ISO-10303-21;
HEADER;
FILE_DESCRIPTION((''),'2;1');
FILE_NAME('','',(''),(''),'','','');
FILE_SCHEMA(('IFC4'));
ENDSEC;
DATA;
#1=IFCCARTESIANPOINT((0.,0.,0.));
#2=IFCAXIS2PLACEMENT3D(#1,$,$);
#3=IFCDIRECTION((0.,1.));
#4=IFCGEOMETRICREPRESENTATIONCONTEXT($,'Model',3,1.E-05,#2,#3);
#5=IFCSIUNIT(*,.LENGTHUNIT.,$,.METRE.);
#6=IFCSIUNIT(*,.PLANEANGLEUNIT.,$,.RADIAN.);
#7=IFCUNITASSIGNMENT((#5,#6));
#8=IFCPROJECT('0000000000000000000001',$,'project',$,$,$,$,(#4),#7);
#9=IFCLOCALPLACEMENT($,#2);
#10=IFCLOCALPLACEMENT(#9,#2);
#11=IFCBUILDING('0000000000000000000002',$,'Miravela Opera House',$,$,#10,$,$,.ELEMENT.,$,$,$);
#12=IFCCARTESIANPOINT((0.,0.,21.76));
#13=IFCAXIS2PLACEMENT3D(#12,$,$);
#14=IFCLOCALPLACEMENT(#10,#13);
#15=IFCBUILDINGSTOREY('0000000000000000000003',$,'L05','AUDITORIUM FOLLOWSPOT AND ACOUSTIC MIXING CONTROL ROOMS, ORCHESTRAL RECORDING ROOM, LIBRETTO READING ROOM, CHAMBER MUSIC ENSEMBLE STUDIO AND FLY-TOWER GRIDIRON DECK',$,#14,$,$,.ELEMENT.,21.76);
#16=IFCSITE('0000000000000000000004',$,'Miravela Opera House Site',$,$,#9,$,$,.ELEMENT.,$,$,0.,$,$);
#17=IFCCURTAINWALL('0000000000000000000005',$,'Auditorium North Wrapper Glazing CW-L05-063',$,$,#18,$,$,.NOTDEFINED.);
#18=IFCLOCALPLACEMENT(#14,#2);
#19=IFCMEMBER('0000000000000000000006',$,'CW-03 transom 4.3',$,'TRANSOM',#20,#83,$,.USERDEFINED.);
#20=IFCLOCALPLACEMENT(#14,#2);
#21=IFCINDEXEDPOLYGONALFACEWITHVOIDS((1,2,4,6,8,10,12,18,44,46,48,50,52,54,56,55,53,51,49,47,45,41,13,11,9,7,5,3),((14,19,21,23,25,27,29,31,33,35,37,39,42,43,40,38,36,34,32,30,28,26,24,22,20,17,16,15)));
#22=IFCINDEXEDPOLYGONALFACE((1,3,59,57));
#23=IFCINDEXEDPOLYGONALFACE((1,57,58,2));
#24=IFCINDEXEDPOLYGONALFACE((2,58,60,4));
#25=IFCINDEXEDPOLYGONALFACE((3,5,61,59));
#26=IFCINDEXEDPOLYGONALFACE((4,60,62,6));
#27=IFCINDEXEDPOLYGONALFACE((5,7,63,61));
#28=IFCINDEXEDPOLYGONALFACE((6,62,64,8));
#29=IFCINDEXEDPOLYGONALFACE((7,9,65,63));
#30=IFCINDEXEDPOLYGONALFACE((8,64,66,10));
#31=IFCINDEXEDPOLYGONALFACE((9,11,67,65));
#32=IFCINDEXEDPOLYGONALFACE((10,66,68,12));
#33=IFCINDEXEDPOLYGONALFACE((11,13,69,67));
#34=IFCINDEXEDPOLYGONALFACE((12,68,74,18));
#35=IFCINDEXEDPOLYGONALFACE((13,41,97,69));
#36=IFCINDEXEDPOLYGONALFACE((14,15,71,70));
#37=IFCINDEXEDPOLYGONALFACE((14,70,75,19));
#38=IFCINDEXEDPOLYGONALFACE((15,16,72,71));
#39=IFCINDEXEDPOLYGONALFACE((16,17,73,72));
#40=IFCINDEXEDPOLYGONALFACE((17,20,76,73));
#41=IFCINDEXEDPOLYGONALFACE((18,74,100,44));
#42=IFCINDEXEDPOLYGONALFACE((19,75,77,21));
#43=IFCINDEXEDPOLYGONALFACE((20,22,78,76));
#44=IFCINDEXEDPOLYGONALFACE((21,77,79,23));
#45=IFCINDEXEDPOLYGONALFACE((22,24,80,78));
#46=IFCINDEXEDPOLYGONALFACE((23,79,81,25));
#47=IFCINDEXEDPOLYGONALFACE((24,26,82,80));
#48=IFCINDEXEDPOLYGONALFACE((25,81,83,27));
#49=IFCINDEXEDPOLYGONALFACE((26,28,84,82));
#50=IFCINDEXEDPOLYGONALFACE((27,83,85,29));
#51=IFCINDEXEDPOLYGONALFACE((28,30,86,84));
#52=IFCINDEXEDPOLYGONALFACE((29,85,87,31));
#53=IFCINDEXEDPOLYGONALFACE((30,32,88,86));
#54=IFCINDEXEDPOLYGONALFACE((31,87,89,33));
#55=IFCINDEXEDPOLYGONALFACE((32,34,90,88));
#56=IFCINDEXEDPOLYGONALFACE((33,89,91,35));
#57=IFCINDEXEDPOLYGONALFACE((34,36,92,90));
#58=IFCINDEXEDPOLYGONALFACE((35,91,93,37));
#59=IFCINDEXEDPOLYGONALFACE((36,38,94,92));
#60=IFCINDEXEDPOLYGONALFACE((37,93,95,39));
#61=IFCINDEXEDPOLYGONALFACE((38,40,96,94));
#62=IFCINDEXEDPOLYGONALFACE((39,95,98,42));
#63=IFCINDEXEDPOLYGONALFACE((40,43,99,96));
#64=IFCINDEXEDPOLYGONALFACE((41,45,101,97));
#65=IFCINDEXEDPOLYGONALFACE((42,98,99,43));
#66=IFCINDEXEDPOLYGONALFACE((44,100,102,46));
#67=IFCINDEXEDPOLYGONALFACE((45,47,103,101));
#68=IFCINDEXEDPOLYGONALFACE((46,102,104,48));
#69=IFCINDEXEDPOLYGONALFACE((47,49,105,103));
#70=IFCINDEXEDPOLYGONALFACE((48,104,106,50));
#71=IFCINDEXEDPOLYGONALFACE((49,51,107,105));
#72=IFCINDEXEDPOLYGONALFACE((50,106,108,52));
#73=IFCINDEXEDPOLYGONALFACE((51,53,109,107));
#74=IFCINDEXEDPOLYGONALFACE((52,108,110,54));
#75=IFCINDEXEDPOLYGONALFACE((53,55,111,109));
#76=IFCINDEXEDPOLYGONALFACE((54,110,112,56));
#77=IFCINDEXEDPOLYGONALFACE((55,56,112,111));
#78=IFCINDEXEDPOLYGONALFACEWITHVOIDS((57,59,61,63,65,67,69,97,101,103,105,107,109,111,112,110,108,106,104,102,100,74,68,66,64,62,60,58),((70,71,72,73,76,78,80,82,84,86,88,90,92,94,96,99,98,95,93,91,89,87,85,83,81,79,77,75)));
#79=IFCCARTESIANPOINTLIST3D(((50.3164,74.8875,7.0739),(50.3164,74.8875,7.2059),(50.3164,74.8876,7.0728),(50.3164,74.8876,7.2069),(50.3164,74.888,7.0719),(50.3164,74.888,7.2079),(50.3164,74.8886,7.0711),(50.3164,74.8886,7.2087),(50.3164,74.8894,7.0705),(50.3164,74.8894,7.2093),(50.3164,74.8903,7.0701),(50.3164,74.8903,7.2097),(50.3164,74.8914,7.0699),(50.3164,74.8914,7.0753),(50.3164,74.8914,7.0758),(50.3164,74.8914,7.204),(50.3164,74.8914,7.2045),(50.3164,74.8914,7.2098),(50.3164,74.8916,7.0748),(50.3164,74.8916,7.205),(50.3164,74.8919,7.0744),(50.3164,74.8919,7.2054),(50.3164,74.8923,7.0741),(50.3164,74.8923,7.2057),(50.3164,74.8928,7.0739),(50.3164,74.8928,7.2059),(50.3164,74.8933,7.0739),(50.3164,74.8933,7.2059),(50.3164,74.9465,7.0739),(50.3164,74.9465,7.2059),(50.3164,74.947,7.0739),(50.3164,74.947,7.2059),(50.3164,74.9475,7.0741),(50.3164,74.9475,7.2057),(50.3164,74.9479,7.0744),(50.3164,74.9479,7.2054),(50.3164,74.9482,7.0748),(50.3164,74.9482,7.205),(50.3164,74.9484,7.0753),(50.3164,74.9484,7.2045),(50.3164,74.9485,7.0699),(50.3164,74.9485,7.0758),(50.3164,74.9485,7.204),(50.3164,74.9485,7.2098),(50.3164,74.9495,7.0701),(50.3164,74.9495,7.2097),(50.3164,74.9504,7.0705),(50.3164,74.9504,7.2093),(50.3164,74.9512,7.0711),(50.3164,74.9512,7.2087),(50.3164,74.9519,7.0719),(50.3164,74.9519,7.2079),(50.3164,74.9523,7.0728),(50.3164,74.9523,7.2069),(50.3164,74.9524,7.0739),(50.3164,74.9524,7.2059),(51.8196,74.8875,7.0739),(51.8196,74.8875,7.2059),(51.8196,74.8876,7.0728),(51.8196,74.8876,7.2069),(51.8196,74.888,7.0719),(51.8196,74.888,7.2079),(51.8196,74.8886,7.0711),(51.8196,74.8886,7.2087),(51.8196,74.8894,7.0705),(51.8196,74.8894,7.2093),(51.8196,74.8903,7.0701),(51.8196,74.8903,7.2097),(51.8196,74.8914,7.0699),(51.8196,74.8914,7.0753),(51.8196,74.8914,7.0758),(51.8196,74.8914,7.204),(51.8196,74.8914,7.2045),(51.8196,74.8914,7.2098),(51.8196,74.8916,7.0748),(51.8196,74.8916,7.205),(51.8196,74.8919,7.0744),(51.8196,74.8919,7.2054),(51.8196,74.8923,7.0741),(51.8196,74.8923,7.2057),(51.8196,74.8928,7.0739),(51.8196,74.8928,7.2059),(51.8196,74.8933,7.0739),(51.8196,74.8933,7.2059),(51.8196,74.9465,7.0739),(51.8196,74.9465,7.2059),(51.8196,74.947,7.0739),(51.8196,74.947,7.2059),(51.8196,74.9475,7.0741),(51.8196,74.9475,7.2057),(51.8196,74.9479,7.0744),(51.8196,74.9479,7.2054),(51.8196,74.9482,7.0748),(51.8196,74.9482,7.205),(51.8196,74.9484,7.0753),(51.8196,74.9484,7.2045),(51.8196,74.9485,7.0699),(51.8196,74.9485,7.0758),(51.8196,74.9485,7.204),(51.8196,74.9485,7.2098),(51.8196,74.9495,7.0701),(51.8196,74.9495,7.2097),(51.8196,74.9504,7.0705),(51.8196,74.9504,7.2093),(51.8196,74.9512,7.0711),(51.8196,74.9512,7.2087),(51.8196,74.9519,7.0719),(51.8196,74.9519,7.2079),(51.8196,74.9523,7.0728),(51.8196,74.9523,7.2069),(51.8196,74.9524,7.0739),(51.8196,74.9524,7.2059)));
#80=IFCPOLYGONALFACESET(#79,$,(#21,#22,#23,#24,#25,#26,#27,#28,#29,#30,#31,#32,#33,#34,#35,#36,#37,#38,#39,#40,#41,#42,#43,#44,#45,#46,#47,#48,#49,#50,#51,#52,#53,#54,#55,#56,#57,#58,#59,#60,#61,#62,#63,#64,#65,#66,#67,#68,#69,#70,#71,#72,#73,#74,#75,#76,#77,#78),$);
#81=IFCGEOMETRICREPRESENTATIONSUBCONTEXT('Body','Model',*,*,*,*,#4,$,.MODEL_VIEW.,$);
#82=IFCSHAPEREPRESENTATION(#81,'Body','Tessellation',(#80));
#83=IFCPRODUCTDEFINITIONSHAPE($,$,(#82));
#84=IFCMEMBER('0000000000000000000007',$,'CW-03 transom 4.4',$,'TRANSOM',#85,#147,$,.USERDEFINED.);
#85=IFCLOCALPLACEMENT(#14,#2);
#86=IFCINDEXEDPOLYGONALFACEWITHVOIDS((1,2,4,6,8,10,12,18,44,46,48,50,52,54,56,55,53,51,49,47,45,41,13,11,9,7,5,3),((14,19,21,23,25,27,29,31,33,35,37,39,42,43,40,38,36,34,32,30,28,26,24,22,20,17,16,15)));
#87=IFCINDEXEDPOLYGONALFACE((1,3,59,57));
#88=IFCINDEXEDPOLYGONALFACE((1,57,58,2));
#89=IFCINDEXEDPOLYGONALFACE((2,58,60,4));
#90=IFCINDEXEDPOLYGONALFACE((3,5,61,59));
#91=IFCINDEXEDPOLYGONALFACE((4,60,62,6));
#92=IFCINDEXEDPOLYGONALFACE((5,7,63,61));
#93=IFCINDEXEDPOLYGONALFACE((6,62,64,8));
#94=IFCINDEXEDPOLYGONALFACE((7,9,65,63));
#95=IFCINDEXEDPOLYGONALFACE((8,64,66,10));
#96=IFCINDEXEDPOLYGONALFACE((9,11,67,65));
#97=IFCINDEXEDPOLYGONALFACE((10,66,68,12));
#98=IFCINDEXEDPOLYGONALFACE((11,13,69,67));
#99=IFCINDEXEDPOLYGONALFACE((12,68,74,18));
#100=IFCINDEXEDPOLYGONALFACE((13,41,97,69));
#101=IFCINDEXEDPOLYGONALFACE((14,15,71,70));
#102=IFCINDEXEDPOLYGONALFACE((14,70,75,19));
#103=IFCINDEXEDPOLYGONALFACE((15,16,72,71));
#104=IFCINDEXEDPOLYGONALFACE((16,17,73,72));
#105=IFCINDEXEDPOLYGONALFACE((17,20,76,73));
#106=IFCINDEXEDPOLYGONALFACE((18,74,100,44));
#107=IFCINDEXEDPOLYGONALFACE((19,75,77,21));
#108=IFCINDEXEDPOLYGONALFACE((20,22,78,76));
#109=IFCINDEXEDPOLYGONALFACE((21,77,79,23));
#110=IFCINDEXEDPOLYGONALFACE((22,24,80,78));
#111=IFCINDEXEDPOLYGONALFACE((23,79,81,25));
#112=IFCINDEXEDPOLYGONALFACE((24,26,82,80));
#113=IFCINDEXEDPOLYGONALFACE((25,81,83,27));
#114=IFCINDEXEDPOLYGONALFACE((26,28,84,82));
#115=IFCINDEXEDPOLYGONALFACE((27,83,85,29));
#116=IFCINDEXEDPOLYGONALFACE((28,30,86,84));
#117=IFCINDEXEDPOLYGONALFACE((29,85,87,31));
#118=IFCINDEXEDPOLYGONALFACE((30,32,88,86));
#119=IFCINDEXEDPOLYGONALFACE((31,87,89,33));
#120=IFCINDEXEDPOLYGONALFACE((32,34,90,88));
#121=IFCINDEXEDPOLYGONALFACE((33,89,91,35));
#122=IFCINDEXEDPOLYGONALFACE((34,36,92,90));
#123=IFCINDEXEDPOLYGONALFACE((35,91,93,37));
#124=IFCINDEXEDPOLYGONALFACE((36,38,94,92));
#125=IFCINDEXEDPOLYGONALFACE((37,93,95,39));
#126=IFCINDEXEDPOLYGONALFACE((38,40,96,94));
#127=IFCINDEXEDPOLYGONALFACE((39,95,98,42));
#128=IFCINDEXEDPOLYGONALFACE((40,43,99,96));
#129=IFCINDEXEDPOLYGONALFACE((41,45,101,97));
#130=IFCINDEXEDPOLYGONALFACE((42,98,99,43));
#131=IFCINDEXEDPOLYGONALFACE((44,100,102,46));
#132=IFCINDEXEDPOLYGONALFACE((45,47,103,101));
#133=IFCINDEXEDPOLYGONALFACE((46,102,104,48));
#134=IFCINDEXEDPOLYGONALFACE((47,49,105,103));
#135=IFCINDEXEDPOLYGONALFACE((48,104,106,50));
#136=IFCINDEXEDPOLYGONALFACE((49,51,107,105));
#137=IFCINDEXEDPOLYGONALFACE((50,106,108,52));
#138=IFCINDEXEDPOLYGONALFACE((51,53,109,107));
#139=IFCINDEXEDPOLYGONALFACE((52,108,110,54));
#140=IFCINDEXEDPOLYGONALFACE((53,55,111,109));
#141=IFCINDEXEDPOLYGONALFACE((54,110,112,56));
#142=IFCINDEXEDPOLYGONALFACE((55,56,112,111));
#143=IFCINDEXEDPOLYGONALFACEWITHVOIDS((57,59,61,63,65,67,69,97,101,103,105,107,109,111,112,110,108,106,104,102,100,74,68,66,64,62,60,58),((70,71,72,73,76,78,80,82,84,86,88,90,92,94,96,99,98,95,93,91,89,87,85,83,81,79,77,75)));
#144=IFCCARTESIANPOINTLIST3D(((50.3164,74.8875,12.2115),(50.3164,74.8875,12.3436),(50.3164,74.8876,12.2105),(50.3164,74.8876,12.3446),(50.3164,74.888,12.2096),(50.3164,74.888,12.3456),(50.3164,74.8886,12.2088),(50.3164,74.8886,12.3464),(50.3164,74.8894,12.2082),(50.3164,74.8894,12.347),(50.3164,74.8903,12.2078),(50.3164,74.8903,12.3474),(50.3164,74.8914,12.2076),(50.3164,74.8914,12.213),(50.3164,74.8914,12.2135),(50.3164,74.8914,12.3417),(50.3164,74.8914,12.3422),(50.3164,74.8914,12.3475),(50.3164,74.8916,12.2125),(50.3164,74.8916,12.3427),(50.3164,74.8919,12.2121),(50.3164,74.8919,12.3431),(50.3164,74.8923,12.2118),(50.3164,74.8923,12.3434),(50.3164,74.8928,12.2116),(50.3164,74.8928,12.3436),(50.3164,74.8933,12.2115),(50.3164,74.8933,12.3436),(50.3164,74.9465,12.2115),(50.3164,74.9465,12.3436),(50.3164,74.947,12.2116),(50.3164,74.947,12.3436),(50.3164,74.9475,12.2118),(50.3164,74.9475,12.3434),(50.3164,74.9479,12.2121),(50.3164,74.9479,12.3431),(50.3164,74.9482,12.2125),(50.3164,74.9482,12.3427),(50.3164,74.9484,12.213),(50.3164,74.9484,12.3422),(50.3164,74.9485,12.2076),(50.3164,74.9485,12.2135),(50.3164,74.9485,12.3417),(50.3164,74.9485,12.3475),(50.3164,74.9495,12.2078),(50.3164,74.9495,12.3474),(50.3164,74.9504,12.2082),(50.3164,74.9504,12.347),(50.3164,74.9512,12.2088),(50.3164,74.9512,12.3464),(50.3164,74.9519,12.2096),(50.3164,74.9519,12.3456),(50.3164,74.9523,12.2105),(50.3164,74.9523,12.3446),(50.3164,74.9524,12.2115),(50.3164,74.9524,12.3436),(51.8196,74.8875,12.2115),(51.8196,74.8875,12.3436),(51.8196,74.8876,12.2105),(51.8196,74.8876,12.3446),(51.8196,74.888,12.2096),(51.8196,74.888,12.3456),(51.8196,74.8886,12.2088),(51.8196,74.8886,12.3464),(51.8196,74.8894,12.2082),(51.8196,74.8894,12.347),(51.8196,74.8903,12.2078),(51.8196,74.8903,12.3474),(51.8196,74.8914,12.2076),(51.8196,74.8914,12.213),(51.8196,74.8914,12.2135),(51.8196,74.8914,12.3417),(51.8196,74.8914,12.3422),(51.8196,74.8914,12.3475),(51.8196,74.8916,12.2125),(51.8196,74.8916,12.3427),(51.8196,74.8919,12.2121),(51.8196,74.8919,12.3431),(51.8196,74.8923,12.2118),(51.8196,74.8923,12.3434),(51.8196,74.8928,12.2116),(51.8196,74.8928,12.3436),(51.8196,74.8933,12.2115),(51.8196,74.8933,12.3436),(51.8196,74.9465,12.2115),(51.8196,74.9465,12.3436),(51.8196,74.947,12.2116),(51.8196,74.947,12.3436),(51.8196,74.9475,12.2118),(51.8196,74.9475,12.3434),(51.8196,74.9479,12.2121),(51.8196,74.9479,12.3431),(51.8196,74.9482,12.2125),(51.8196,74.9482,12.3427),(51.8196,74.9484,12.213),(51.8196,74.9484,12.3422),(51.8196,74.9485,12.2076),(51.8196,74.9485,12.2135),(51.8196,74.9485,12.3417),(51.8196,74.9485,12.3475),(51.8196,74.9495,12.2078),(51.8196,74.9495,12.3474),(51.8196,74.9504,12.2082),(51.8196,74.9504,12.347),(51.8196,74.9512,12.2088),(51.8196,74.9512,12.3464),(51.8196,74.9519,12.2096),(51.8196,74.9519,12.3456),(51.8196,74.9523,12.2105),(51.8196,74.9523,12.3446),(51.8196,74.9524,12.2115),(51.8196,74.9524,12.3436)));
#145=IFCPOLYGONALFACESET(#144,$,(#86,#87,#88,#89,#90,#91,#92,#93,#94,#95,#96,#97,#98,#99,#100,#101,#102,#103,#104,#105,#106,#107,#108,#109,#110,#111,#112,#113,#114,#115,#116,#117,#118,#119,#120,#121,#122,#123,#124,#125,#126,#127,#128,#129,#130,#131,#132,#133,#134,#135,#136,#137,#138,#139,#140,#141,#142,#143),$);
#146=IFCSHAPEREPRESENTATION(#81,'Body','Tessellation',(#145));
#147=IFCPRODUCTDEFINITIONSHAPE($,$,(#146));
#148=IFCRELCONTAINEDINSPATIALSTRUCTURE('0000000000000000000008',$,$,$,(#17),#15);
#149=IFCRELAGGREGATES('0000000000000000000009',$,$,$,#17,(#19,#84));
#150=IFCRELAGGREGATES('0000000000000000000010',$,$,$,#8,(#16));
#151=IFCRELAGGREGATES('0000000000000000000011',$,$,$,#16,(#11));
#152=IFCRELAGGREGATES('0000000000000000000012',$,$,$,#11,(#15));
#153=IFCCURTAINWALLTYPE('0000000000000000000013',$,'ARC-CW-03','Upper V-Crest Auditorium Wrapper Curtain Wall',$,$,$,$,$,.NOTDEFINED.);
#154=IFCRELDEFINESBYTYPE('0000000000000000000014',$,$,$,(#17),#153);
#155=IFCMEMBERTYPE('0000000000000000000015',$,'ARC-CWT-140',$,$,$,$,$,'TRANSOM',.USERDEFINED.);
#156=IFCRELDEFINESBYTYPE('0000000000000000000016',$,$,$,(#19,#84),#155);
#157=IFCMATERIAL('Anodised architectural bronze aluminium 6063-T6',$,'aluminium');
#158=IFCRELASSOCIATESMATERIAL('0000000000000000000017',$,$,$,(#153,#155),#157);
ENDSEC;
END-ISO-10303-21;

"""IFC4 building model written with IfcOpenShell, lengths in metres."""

from ifc_helpers import new_model, si_unit, direction, frame, origin, origin_2d, place, context, subcontext, project, spatial, hollow_rectangle, extrude, material, material_profile, profile_set, type_object, element, aggregate, save


model = new_model("IFC4")

# Units and contexts
model_context = context("Model", 3, precision=1e-05, world=origin(), true_north=direction((0.0, 1.0)))
body_context = subcontext(model_context, "Body", "Model", "MODEL_VIEW")
ifc_project = project(units=[si_unit("LENGTHUNIT", "METRE"), si_unit("PLANEANGLEUNIT", "RADIAN")], contexts=[model_context])

# Site, building, storey
site_placement = place(None, origin())
site = spatial("IfcSite", under=ifc_project, at=site_placement, Name="Miravela Opera House Site", CompositionType="ELEMENT", RefElevation=0.0)
building_placement = place(site_placement, origin())
building = spatial("IfcBuilding", under=site, at=building_placement, Name="Miravela Opera House", CompositionType="ELEMENT")
storey_placement = place(building_placement, frame((0.0, 0.0, 21.76)))
storey = spatial("IfcBuildingStorey", under=building, at=storey_placement, Name="L05", Description="AUDITORIUM FOLLOWSPOT AND ACOUSTIC MIXING CONTROL ROOMS, ORCHESTRAL RECORDING ROOM, LIBRETTO READING ROOM, CHAMBER MUSIC ENSEMBLE STUDIO AND FLY-TOWER GRIDIRON DECK", CompositionType="ELEMENT", Elevation=21.76)

# Curtain wall, members
ifc_material_1 = material(Name="Anodised architectural bronze aluminium 6063-T6", Category="aluminium")
curtain_wall_type = type_object("IfcCurtainWallType", Name="ARC-CW-03", Description="Upper V-Crest Auditorium Wrapper Curtain Wall", PredefinedType="NOTDEFINED", material=ifc_material_1)
curtain_wall_1_placement = place(storey_placement, origin())
curtain_wall_1 = element("IfcCurtainWall", 1, at=curtain_wall_1_placement, inside=storey, type_object=curtain_wall_type, Name="Auditorium North Wrapper Glazing CW-L05-063", PredefinedType="NOTDEFINED")
ifc_material_profile = material_profile(ifc_material_1, hollow_rectangle(XDim=0.0649, YDim=0.1399, WallThickness=0.0039, InnerFilletRadius=0.002, OuterFilletRadius=0.0039, at=origin_2d()), Name="CWT-65X140")
ifc_profile_set = profile_set([ifc_material_profile])
member_type = type_object("IfcMemberType", Name="ARC-CWT-140", ElementType="TRANSOM", PredefinedType="USERDEFINED", material=ifc_profile_set)
member_1_placement = place(storey_placement, frame((50.3164, 74.9199, 7.1399), z_axis=(1.0, 0.0, 0.0), x_axis=(0.0, 1.0, 0.0)))
member_1 = element("IfcMember", 2, at=member_1_placement, type_object=member_type, Name="CW-03 transom 4.3", ObjectType="TRANSOM", PredefinedType="USERDEFINED", context=body_context, shape_type="SweptSolid", body=[
    extrude(hollow_rectangle(XDim=0.0649, YDim=0.1399, WallThickness=0.0039, InnerFilletRadius=0.002, OuterFilletRadius=0.0039, at=origin_2d()), origin(), (0.0, 0.0, 1.0), 1.5032),
])
member_2_placement = place(storey_placement, frame((50.3164, 74.9199, 12.2776), z_axis=(1.0, 0.0, 0.0), x_axis=(0.0, 1.0, 0.0)))
member_2 = element("IfcMember", 3, at=member_2_placement, type_object=member_type, Name="CW-03 transom 4.4", ObjectType="TRANSOM", PredefinedType="USERDEFINED", context=body_context, shape_type="SweptSolid", body=[
    extrude(hollow_rectangle(XDim=0.0649, YDim=0.1399, WallThickness=0.0039, InnerFilletRadius=0.002, OuterFilletRadius=0.0039, at=origin_2d()), origin(), (0.0, 0.0, 1.0), 1.5032),
])

aggregate(curtain_wall_1, [member_1, member_2])

save(model, "model.ifc")
